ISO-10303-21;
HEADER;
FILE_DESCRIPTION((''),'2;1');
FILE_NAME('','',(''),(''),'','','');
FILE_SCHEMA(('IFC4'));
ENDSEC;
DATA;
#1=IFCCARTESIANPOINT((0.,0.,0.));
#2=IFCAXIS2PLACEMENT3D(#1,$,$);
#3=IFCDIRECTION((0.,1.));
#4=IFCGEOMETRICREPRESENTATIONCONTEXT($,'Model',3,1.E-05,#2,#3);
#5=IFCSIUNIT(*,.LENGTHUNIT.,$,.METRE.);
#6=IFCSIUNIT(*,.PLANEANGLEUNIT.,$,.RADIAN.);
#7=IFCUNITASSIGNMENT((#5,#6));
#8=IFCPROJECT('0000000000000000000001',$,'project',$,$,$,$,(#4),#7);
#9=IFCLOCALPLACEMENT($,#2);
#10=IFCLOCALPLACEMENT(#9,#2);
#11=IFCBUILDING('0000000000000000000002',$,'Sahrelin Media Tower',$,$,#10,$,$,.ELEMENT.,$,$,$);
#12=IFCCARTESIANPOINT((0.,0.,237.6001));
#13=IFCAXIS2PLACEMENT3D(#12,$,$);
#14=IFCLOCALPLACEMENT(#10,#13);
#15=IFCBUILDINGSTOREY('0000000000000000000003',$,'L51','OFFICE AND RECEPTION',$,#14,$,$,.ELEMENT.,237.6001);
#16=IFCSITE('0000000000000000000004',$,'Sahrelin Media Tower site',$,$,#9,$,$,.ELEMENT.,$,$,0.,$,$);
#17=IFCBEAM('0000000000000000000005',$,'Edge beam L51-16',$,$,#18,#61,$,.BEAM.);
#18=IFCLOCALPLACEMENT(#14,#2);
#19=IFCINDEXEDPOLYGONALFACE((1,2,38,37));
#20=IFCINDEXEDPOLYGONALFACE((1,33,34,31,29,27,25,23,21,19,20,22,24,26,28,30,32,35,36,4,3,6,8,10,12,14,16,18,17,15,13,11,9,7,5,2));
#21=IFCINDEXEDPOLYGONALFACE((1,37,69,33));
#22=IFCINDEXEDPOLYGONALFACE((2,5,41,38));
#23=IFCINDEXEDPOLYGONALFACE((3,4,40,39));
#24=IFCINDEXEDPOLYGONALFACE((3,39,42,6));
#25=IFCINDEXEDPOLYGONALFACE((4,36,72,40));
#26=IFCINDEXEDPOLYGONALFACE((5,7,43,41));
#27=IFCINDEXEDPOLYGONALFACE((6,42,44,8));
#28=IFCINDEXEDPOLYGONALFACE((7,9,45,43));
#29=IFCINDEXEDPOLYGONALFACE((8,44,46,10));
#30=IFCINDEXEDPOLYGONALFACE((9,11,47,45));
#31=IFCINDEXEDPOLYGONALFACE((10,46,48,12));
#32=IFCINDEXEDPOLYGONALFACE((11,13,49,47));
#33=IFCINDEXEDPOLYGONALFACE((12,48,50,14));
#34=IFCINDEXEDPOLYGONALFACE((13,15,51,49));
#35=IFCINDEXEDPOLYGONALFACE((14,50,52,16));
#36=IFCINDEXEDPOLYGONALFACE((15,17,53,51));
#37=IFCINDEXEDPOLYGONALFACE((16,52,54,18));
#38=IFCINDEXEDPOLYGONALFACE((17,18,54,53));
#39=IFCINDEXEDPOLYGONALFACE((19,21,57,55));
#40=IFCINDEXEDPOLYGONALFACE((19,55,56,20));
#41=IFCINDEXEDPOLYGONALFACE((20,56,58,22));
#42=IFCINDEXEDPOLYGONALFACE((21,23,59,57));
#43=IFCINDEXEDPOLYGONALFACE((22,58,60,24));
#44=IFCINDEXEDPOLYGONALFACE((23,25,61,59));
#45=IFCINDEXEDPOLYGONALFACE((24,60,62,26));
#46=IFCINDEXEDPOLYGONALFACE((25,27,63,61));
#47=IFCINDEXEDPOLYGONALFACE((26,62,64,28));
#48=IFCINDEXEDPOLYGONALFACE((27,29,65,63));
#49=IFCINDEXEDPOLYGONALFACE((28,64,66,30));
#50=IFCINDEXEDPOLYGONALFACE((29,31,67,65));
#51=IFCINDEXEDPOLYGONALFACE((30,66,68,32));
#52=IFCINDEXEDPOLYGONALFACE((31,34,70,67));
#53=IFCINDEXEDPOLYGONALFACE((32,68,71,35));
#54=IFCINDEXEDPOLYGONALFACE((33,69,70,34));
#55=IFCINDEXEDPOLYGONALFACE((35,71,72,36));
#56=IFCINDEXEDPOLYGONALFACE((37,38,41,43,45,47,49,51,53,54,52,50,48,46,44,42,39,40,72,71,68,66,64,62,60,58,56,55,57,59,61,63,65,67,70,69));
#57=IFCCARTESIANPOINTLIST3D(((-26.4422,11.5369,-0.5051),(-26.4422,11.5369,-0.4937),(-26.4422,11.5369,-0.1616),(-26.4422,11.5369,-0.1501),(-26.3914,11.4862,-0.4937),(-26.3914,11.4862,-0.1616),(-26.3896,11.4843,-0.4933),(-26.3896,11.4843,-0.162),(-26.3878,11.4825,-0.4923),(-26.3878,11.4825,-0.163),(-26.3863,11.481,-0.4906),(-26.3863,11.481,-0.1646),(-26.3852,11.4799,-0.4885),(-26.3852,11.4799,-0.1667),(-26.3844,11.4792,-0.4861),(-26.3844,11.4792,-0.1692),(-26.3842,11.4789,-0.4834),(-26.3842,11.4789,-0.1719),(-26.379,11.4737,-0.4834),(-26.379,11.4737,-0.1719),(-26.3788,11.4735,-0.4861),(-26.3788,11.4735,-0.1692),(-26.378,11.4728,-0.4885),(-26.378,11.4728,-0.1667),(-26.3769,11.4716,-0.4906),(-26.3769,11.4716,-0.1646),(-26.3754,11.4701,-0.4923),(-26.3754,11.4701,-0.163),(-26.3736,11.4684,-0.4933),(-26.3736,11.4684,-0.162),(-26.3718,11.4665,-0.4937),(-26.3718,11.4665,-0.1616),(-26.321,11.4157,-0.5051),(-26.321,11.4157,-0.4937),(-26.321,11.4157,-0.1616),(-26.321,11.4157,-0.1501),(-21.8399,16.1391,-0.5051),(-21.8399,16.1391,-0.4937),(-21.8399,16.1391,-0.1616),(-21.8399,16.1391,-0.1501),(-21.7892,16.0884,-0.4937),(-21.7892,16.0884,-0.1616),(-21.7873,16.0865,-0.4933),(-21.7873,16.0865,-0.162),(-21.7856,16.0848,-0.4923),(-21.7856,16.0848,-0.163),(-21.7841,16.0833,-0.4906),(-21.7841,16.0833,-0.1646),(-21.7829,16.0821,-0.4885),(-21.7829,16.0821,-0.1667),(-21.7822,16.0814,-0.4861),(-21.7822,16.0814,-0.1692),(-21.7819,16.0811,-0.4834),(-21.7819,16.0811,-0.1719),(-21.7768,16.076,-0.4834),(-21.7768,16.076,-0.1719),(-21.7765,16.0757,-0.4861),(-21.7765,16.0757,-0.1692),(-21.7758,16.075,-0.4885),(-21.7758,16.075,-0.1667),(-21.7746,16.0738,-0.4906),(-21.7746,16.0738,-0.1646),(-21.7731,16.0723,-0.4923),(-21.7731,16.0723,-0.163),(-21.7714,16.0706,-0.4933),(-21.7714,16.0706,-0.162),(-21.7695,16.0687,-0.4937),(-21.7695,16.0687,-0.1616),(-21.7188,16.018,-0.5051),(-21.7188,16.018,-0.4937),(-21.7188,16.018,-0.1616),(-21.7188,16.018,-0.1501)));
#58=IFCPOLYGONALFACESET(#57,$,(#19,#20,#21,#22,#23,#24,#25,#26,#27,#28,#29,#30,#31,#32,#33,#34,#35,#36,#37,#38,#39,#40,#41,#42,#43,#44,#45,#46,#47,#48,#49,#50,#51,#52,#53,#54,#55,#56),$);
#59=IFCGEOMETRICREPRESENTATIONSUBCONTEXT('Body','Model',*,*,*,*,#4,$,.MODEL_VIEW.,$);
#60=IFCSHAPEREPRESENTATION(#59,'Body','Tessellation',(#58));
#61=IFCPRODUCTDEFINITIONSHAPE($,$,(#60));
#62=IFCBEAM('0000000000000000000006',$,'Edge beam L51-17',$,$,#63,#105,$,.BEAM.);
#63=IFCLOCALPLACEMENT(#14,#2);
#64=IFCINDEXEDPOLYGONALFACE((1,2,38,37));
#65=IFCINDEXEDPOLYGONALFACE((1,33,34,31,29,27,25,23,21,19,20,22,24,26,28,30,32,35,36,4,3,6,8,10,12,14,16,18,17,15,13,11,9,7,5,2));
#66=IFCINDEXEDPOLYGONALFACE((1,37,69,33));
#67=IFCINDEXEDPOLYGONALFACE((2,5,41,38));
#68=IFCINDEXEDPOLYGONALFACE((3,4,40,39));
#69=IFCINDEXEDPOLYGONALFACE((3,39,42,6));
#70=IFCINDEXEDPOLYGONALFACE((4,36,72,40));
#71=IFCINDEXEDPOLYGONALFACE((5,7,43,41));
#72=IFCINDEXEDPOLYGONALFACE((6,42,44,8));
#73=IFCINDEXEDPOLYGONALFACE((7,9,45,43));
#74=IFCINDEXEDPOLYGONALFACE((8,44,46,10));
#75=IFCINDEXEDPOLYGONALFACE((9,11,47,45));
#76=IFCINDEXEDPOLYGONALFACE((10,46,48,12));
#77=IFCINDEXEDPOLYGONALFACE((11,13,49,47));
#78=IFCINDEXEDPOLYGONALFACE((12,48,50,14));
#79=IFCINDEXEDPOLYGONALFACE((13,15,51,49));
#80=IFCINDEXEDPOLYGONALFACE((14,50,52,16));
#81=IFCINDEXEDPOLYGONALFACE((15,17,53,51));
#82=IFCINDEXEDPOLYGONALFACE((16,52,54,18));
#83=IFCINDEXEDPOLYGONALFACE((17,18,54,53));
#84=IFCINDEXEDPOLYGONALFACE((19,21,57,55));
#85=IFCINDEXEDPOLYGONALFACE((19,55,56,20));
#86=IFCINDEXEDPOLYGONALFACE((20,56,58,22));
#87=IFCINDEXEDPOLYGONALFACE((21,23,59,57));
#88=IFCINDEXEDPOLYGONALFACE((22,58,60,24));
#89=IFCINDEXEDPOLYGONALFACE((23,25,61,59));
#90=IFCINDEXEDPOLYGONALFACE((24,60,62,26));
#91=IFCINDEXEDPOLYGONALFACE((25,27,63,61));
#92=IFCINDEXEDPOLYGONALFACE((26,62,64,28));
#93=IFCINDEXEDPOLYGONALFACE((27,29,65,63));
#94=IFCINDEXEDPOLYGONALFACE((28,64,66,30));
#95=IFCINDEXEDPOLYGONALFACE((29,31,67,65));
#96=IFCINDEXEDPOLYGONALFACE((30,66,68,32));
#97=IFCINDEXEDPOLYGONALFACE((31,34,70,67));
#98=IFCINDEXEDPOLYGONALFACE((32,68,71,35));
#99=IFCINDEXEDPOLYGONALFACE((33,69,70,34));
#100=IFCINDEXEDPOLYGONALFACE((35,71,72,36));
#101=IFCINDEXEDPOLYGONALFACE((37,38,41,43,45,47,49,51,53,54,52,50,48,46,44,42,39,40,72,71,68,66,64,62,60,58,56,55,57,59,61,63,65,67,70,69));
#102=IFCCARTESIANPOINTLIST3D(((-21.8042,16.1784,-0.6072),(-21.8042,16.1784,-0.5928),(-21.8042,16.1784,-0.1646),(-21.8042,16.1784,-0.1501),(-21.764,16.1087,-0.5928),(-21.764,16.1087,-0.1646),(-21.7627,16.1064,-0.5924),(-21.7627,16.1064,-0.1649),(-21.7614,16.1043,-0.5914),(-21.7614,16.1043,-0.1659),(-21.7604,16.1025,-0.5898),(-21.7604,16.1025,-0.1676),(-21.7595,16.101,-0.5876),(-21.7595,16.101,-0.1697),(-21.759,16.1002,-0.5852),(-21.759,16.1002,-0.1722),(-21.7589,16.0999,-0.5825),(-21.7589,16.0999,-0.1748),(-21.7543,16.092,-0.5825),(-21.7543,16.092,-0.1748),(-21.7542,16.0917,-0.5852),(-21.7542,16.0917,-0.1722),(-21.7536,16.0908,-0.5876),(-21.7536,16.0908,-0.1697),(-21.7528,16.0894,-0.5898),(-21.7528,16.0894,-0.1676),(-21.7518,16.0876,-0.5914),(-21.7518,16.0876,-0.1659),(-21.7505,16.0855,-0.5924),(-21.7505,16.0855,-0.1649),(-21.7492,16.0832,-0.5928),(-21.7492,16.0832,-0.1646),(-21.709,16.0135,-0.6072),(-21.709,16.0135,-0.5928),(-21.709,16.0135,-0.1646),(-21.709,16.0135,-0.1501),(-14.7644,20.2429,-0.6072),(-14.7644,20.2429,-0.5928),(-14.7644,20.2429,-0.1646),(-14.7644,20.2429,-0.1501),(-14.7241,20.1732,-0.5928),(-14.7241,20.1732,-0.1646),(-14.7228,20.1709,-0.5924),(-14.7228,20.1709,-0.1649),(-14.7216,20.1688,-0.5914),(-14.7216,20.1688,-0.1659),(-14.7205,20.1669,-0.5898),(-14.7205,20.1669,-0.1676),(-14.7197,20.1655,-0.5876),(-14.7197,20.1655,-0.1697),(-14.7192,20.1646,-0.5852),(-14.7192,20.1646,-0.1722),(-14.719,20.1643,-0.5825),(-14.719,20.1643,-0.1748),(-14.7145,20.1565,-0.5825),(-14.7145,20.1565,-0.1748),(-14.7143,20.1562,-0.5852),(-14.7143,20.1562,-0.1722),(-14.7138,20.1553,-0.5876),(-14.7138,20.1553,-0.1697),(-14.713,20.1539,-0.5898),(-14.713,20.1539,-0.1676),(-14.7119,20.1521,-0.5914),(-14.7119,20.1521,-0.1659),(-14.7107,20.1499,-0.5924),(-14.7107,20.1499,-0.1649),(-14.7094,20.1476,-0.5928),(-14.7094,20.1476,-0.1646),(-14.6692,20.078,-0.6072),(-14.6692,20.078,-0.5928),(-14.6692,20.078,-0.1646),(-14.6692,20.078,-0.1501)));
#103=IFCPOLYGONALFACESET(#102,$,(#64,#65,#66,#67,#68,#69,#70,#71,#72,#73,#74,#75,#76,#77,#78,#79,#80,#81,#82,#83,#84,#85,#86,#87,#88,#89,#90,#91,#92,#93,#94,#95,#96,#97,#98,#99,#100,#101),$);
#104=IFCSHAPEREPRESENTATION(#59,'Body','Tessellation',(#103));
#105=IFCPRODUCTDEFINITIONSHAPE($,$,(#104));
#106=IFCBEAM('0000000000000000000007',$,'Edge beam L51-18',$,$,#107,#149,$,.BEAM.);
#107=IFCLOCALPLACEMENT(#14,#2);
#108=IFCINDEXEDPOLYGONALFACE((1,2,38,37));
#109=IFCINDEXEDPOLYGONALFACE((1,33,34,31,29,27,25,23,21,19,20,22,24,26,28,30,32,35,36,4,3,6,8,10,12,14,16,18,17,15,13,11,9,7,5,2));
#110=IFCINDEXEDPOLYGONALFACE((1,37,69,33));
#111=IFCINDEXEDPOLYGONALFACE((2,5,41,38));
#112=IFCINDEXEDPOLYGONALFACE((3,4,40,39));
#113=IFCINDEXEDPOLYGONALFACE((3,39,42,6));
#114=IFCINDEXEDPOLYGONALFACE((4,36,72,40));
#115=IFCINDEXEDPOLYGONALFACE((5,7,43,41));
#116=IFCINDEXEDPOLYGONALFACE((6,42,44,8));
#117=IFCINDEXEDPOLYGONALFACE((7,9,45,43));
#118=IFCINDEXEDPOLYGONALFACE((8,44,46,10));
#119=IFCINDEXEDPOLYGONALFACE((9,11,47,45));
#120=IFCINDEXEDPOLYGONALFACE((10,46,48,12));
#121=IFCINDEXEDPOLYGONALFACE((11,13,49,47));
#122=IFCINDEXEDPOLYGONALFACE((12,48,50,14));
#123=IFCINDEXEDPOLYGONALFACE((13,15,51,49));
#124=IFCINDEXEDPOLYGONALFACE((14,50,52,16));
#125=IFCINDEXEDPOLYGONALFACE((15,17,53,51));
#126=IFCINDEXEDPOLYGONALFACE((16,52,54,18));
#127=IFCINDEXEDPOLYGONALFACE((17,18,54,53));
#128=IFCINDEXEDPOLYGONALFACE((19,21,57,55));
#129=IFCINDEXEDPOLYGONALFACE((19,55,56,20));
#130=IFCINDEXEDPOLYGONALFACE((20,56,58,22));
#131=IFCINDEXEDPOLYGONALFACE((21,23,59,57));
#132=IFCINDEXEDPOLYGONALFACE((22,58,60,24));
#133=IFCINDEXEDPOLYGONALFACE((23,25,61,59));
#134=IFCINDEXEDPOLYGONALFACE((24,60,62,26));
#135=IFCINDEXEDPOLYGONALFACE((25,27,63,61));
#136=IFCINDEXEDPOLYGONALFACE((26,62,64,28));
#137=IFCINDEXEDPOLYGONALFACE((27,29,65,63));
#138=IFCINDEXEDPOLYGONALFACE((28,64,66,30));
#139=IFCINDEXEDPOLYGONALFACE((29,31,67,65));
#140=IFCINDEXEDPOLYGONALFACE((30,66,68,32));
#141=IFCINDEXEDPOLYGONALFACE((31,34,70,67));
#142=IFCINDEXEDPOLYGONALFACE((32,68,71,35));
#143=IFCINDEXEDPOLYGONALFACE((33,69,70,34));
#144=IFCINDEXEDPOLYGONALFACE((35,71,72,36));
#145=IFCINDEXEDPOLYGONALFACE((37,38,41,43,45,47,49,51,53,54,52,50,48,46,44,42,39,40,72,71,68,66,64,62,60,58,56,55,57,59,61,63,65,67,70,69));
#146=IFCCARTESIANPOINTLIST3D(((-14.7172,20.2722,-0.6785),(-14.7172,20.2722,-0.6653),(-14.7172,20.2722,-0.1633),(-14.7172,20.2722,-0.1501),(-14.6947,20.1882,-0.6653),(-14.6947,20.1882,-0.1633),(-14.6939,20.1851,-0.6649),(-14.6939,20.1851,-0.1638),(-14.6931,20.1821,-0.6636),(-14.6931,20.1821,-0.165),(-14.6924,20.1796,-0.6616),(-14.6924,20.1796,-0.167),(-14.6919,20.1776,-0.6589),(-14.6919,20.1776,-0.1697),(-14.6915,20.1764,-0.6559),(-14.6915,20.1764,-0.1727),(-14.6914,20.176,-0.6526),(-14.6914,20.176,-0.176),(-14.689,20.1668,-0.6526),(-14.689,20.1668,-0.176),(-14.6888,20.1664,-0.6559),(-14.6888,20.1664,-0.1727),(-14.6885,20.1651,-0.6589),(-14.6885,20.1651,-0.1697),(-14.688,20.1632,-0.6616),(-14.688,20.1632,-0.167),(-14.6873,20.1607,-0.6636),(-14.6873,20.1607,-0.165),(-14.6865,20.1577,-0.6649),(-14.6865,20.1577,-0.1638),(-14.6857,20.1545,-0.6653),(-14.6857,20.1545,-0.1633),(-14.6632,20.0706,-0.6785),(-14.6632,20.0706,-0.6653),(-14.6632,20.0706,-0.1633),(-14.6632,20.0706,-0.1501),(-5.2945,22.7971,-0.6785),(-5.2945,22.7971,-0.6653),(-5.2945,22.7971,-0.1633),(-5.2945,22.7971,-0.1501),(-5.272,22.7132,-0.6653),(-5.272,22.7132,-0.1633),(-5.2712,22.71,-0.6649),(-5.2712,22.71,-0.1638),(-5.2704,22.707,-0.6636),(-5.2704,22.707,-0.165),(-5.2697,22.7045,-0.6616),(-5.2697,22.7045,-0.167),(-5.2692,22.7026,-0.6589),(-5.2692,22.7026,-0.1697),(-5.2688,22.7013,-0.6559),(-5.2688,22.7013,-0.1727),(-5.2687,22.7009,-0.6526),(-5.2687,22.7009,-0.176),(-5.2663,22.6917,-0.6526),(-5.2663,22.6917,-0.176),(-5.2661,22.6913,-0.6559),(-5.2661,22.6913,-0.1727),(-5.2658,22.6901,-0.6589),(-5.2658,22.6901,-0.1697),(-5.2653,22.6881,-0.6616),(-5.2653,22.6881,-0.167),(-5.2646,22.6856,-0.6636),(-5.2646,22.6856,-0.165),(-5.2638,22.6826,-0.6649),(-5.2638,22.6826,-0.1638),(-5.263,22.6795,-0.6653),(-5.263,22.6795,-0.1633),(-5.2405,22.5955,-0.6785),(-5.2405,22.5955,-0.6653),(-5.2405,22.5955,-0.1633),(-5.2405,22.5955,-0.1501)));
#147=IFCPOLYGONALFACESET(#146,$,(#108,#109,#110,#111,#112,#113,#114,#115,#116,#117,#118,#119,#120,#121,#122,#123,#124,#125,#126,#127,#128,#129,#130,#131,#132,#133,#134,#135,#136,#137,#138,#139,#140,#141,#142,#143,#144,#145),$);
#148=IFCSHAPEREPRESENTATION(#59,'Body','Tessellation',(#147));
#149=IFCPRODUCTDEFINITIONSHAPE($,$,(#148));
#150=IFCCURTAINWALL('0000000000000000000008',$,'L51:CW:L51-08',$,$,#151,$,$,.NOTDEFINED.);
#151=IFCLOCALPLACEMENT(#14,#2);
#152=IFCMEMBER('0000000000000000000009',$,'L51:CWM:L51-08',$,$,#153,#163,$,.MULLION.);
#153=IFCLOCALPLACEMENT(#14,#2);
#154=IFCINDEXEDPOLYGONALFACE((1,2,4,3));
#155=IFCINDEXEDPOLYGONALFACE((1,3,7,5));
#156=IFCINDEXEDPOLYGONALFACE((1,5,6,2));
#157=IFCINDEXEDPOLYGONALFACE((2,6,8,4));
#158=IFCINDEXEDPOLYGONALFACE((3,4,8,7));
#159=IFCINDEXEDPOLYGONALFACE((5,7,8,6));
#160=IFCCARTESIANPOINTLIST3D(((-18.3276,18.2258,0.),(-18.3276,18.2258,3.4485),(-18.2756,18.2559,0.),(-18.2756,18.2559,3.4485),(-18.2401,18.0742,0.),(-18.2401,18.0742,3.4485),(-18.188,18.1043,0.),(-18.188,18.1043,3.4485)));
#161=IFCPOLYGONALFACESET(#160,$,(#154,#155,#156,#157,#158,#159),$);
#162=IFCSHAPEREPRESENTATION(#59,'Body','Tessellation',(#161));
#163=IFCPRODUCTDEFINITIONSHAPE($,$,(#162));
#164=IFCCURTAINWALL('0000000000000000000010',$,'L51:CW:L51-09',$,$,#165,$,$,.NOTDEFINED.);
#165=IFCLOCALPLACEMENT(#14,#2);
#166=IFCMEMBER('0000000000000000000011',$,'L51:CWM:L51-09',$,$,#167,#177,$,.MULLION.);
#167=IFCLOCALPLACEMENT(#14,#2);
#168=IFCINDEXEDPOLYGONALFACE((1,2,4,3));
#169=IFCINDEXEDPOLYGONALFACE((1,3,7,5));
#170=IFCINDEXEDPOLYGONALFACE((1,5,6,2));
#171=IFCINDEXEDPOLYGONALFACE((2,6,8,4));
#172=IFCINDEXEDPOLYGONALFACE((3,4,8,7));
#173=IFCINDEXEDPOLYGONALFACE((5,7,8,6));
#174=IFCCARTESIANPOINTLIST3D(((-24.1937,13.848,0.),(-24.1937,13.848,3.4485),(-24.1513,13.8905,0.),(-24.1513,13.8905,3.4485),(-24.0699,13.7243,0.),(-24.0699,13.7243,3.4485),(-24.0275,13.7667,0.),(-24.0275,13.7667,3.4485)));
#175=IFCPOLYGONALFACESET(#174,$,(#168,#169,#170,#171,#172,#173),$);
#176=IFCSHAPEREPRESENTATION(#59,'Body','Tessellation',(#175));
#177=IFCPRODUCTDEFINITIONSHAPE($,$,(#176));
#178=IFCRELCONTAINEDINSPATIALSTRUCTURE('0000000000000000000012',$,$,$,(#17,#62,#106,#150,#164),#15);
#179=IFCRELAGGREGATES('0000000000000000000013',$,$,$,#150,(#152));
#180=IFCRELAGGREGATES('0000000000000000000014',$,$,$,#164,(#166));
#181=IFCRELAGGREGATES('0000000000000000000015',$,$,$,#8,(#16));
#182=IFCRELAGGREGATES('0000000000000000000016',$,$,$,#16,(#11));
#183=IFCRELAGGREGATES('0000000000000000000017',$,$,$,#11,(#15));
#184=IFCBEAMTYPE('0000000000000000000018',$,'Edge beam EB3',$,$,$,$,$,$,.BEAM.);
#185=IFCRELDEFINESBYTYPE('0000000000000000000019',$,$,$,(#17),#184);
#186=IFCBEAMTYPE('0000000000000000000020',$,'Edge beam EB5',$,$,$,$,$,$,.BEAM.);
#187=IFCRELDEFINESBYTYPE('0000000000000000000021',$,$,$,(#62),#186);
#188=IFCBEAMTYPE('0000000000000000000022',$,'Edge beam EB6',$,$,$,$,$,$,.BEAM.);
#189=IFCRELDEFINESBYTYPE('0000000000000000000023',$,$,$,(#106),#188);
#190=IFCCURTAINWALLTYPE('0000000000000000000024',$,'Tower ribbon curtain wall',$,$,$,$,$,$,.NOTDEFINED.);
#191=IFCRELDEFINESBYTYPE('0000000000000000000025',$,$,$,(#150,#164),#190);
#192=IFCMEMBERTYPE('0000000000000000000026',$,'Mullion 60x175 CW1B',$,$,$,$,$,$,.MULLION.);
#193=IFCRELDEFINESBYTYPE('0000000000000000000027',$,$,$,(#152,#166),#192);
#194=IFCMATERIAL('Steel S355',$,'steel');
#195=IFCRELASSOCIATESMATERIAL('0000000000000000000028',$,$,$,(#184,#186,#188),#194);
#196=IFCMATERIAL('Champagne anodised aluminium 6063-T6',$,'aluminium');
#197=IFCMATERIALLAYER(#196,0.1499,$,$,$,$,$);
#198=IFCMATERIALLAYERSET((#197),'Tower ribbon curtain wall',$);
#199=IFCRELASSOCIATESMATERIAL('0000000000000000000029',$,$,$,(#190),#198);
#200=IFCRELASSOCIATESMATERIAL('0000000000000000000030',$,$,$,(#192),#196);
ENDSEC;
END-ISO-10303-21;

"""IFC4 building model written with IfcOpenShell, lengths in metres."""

from ifc_helpers import new_model, si_unit, direction, frame, origin, origin_2d, place, context, subcontext, project, spatial, rectangle, i_section, extrude, material, layer, layer_set, material_profile, profile_set, type_object, element, aggregate, save


model = new_model("IFC4")

# Units and contexts
model_context = context("Model", 3, precision=1e-05, world=origin(), true_north=direction((0.0, 1.0)))
body_context = subcontext(model_context, "Body", "Model", "MODEL_VIEW")
ifc_project = project(units=[si_unit("LENGTHUNIT", "METRE"), si_unit("PLANEANGLEUNIT", "RADIAN")], contexts=[model_context])

# Site, building, storey
site_placement = place(None, origin())
site = spatial("IfcSite", under=ifc_project, at=site_placement, Name="Sahrelin Media Tower site", CompositionType="ELEMENT", RefElevation=0.0)
building_placement = place(site_placement, origin())
building = spatial("IfcBuilding", under=site, at=building_placement, Name="Sahrelin Media Tower", CompositionType="ELEMENT")
storey_placement = place(building_placement, frame((0.0, 0.0, 237.6001)))
storey = spatial("IfcBuildingStorey", under=building, at=storey_placement, Name="L51", Description="OFFICE AND RECEPTION", CompositionType="ELEMENT", Elevation=237.6001)

# Beams
ifc_material_1 = material(Name="Steel S355", Category="steel")
ifc_material_profile_1 = material_profile(ifc_material_1, i_section(OverallWidth=0.1714, OverallDepth=0.355, WebThickness=0.0073, FlangeThickness=0.0115, FilletRadius=0.0103, at=origin_2d()), Name="UB 356x171x51")
ifc_profile_set_1 = profile_set([ifc_material_profile_1], Name="Steel S355")
beam_type_1 = type_object("IfcBeamType", Name="Edge beam EB3", PredefinedType="BEAM", material=ifc_profile_set_1)
beam_1_placement = place(storey_placement, frame((-26.3816, 11.4763, -0.3276), z_axis=(0.707107, 0.707107, 0.0), x_axis=(-0.707107, 0.707107, 0.0)))
element("IfcBeam", 1, at=beam_1_placement, inside=storey, type_object=beam_type_1, Name="Edge beam L51-16", PredefinedType="BEAM", context=body_context, shape_type="SweptSolid", body=[
    extrude(i_section(OverallWidth=0.1714, OverallDepth=0.355, WebThickness=0.0073, FlangeThickness=0.0115, FilletRadius=0.0103, at=origin_2d()), origin(), (0.0, 0.0, 1.0), 6.5085),
])
ifc_material_profile_2 = material_profile(ifc_material_1, i_section(OverallWidth=0.1904, OverallDepth=0.457, WebThickness=0.009, FlangeThickness=0.0144, FilletRadius=0.0103, at=origin_2d()), Name="UB 457x191x74")
ifc_profile_set_2 = profile_set([ifc_material_profile_2], Name="Steel S355")
beam_type_2 = type_object("IfcBeamType", Name="Edge beam EB5", PredefinedType="BEAM", material=ifc_profile_set_2)
beam_2_placement = place(storey_placement, frame((-21.7566, 16.0959, -0.3787), z_axis=(0.866024, 0.500002, 0.0), x_axis=(-0.500002, 0.866024, 0.0)))
element("IfcBeam", 2, at=beam_2_placement, inside=storey, type_object=beam_type_2, Name="Edge beam L51-17", PredefinedType="BEAM", context=body_context, shape_type="SweptSolid", body=[
    extrude(i_section(OverallWidth=0.1904, OverallDepth=0.457, WebThickness=0.009, FlangeThickness=0.0144, FilletRadius=0.0103, at=origin_2d()), origin(), (0.0, 0.0, 1.0), 8.1289),
])
ifc_material_profile_3 = material_profile(ifc_material_1, i_section(OverallWidth=0.2087, OverallDepth=0.5283, WebThickness=0.0095, FlangeThickness=0.0132, FilletRadius=0.0127, at=origin_2d()), Name="UB 533x210x82")
ifc_profile_set_3 = profile_set([ifc_material_profile_3], Name="Steel S355")
beam_type_3 = type_object("IfcBeamType", Name="Edge beam EB6", PredefinedType="BEAM", material=ifc_profile_set_3)
beam_3_placement = place(storey_placement, frame((-14.6902, 20.1714, -0.4143), z_axis=(0.965923, 0.258831, 0.0), x_axis=(-0.258831, 0.965923, 0.0)))
element("IfcBeam", 3, at=beam_3_placement, inside=storey, type_object=beam_type_3, Name="Edge beam L51-18", PredefinedType="BEAM", context=body_context, shape_type="SweptSolid", body=[
    extrude(i_section(OverallWidth=0.2087, OverallDepth=0.5283, WebThickness=0.0095, FlangeThickness=0.0132, FilletRadius=0.0127, at=origin_2d()), origin(), (0.0, 0.0, 1.0), 9.7551),
])

# Curtain walls, members
ifc_material_2 = material(Name="Champagne anodised aluminium 6063-T6", Category="aluminium")
ifc_layer_1 = layer(ifc_material_2, 0.1499)
ifc_layer_set_1 = layer_set([ifc_layer_1], Name="Tower ribbon curtain wall")
curtain_wall_type = type_object("IfcCurtainWallType", Name="Tower ribbon curtain wall", PredefinedType="NOTDEFINED", material=ifc_layer_set_1)
curtain_wall_1_placement = place(storey_placement, frame((-18.3115, 18.2581, 0.0), z_axis=(0.0, 0.0, 1.0), x_axis=(1.0, 0.0, 0.0)))
curtain_wall_1 = element("IfcCurtainWall", 4, at=curtain_wall_1_placement, inside=storey, type_object=curtain_wall_type, Name="L51:CW:L51-08", PredefinedType="NOTDEFINED")
ifc_material_profile_4 = material_profile(ifc_material_2, rectangle(XDim=0.0601, YDim=0.175, at=origin_2d()), Name="Mullion 60x175")
ifc_profile_set_4 = profile_set([ifc_material_profile_4], Name="Champagne anodised aluminium 6063-T6")
member_type_1 = type_object("IfcMemberType", Name="Mullion 60x175 CW1B", PredefinedType="MULLION", material=ifc_profile_set_4)
member_1_placement = place(storey_placement, frame((-18.2578, 18.165, 0.0), z_axis=(0.0, 0.0, 1.0), x_axis=(-0.866027, -0.499997, 0.0)))
member_1 = element("IfcMember", 5, at=member_1_placement, type_object=member_type_1, Name="L51:CWM:L51-08", PredefinedType="MULLION", context=body_context, shape_type="SweptSolid", body=[
    extrude(rectangle(XDim=0.0601, YDim=0.175, at=origin_2d()), origin(), (0.0, 0.0, 1.0), 3.4485),
])
curtain_wall_2_placement = place(storey_placement, frame((-24.1865, 13.8835, 0.0), z_axis=(0.0, 0.0, 1.0), x_axis=(1.0, 0.0, 0.0)))
curtain_wall_2 = element("IfcCurtainWall", 6, at=curtain_wall_2_placement, inside=storey, type_object=curtain_wall_type, Name="L51:CW:L51-09", PredefinedType="NOTDEFINED")
member_2_placement = place(storey_placement, frame((-24.1106, 13.8074, 0.0), z_axis=(0.0, 0.0, 1.0), x_axis=(-0.707107, -0.707107, 0.0)))
member_2 = element("IfcMember", 7, at=member_2_placement, type_object=member_type_1, Name="L51:CWM:L51-09", PredefinedType="MULLION", context=body_context, shape_type="SweptSolid", body=[
    extrude(rectangle(XDim=0.0601, YDim=0.175, at=origin_2d()), origin(), (0.0, 0.0, 1.0), 3.4485),
])

aggregate(curtain_wall_1, [member_1])
aggregate(curtain_wall_2, [member_2])

save(model, "model.ifc")
